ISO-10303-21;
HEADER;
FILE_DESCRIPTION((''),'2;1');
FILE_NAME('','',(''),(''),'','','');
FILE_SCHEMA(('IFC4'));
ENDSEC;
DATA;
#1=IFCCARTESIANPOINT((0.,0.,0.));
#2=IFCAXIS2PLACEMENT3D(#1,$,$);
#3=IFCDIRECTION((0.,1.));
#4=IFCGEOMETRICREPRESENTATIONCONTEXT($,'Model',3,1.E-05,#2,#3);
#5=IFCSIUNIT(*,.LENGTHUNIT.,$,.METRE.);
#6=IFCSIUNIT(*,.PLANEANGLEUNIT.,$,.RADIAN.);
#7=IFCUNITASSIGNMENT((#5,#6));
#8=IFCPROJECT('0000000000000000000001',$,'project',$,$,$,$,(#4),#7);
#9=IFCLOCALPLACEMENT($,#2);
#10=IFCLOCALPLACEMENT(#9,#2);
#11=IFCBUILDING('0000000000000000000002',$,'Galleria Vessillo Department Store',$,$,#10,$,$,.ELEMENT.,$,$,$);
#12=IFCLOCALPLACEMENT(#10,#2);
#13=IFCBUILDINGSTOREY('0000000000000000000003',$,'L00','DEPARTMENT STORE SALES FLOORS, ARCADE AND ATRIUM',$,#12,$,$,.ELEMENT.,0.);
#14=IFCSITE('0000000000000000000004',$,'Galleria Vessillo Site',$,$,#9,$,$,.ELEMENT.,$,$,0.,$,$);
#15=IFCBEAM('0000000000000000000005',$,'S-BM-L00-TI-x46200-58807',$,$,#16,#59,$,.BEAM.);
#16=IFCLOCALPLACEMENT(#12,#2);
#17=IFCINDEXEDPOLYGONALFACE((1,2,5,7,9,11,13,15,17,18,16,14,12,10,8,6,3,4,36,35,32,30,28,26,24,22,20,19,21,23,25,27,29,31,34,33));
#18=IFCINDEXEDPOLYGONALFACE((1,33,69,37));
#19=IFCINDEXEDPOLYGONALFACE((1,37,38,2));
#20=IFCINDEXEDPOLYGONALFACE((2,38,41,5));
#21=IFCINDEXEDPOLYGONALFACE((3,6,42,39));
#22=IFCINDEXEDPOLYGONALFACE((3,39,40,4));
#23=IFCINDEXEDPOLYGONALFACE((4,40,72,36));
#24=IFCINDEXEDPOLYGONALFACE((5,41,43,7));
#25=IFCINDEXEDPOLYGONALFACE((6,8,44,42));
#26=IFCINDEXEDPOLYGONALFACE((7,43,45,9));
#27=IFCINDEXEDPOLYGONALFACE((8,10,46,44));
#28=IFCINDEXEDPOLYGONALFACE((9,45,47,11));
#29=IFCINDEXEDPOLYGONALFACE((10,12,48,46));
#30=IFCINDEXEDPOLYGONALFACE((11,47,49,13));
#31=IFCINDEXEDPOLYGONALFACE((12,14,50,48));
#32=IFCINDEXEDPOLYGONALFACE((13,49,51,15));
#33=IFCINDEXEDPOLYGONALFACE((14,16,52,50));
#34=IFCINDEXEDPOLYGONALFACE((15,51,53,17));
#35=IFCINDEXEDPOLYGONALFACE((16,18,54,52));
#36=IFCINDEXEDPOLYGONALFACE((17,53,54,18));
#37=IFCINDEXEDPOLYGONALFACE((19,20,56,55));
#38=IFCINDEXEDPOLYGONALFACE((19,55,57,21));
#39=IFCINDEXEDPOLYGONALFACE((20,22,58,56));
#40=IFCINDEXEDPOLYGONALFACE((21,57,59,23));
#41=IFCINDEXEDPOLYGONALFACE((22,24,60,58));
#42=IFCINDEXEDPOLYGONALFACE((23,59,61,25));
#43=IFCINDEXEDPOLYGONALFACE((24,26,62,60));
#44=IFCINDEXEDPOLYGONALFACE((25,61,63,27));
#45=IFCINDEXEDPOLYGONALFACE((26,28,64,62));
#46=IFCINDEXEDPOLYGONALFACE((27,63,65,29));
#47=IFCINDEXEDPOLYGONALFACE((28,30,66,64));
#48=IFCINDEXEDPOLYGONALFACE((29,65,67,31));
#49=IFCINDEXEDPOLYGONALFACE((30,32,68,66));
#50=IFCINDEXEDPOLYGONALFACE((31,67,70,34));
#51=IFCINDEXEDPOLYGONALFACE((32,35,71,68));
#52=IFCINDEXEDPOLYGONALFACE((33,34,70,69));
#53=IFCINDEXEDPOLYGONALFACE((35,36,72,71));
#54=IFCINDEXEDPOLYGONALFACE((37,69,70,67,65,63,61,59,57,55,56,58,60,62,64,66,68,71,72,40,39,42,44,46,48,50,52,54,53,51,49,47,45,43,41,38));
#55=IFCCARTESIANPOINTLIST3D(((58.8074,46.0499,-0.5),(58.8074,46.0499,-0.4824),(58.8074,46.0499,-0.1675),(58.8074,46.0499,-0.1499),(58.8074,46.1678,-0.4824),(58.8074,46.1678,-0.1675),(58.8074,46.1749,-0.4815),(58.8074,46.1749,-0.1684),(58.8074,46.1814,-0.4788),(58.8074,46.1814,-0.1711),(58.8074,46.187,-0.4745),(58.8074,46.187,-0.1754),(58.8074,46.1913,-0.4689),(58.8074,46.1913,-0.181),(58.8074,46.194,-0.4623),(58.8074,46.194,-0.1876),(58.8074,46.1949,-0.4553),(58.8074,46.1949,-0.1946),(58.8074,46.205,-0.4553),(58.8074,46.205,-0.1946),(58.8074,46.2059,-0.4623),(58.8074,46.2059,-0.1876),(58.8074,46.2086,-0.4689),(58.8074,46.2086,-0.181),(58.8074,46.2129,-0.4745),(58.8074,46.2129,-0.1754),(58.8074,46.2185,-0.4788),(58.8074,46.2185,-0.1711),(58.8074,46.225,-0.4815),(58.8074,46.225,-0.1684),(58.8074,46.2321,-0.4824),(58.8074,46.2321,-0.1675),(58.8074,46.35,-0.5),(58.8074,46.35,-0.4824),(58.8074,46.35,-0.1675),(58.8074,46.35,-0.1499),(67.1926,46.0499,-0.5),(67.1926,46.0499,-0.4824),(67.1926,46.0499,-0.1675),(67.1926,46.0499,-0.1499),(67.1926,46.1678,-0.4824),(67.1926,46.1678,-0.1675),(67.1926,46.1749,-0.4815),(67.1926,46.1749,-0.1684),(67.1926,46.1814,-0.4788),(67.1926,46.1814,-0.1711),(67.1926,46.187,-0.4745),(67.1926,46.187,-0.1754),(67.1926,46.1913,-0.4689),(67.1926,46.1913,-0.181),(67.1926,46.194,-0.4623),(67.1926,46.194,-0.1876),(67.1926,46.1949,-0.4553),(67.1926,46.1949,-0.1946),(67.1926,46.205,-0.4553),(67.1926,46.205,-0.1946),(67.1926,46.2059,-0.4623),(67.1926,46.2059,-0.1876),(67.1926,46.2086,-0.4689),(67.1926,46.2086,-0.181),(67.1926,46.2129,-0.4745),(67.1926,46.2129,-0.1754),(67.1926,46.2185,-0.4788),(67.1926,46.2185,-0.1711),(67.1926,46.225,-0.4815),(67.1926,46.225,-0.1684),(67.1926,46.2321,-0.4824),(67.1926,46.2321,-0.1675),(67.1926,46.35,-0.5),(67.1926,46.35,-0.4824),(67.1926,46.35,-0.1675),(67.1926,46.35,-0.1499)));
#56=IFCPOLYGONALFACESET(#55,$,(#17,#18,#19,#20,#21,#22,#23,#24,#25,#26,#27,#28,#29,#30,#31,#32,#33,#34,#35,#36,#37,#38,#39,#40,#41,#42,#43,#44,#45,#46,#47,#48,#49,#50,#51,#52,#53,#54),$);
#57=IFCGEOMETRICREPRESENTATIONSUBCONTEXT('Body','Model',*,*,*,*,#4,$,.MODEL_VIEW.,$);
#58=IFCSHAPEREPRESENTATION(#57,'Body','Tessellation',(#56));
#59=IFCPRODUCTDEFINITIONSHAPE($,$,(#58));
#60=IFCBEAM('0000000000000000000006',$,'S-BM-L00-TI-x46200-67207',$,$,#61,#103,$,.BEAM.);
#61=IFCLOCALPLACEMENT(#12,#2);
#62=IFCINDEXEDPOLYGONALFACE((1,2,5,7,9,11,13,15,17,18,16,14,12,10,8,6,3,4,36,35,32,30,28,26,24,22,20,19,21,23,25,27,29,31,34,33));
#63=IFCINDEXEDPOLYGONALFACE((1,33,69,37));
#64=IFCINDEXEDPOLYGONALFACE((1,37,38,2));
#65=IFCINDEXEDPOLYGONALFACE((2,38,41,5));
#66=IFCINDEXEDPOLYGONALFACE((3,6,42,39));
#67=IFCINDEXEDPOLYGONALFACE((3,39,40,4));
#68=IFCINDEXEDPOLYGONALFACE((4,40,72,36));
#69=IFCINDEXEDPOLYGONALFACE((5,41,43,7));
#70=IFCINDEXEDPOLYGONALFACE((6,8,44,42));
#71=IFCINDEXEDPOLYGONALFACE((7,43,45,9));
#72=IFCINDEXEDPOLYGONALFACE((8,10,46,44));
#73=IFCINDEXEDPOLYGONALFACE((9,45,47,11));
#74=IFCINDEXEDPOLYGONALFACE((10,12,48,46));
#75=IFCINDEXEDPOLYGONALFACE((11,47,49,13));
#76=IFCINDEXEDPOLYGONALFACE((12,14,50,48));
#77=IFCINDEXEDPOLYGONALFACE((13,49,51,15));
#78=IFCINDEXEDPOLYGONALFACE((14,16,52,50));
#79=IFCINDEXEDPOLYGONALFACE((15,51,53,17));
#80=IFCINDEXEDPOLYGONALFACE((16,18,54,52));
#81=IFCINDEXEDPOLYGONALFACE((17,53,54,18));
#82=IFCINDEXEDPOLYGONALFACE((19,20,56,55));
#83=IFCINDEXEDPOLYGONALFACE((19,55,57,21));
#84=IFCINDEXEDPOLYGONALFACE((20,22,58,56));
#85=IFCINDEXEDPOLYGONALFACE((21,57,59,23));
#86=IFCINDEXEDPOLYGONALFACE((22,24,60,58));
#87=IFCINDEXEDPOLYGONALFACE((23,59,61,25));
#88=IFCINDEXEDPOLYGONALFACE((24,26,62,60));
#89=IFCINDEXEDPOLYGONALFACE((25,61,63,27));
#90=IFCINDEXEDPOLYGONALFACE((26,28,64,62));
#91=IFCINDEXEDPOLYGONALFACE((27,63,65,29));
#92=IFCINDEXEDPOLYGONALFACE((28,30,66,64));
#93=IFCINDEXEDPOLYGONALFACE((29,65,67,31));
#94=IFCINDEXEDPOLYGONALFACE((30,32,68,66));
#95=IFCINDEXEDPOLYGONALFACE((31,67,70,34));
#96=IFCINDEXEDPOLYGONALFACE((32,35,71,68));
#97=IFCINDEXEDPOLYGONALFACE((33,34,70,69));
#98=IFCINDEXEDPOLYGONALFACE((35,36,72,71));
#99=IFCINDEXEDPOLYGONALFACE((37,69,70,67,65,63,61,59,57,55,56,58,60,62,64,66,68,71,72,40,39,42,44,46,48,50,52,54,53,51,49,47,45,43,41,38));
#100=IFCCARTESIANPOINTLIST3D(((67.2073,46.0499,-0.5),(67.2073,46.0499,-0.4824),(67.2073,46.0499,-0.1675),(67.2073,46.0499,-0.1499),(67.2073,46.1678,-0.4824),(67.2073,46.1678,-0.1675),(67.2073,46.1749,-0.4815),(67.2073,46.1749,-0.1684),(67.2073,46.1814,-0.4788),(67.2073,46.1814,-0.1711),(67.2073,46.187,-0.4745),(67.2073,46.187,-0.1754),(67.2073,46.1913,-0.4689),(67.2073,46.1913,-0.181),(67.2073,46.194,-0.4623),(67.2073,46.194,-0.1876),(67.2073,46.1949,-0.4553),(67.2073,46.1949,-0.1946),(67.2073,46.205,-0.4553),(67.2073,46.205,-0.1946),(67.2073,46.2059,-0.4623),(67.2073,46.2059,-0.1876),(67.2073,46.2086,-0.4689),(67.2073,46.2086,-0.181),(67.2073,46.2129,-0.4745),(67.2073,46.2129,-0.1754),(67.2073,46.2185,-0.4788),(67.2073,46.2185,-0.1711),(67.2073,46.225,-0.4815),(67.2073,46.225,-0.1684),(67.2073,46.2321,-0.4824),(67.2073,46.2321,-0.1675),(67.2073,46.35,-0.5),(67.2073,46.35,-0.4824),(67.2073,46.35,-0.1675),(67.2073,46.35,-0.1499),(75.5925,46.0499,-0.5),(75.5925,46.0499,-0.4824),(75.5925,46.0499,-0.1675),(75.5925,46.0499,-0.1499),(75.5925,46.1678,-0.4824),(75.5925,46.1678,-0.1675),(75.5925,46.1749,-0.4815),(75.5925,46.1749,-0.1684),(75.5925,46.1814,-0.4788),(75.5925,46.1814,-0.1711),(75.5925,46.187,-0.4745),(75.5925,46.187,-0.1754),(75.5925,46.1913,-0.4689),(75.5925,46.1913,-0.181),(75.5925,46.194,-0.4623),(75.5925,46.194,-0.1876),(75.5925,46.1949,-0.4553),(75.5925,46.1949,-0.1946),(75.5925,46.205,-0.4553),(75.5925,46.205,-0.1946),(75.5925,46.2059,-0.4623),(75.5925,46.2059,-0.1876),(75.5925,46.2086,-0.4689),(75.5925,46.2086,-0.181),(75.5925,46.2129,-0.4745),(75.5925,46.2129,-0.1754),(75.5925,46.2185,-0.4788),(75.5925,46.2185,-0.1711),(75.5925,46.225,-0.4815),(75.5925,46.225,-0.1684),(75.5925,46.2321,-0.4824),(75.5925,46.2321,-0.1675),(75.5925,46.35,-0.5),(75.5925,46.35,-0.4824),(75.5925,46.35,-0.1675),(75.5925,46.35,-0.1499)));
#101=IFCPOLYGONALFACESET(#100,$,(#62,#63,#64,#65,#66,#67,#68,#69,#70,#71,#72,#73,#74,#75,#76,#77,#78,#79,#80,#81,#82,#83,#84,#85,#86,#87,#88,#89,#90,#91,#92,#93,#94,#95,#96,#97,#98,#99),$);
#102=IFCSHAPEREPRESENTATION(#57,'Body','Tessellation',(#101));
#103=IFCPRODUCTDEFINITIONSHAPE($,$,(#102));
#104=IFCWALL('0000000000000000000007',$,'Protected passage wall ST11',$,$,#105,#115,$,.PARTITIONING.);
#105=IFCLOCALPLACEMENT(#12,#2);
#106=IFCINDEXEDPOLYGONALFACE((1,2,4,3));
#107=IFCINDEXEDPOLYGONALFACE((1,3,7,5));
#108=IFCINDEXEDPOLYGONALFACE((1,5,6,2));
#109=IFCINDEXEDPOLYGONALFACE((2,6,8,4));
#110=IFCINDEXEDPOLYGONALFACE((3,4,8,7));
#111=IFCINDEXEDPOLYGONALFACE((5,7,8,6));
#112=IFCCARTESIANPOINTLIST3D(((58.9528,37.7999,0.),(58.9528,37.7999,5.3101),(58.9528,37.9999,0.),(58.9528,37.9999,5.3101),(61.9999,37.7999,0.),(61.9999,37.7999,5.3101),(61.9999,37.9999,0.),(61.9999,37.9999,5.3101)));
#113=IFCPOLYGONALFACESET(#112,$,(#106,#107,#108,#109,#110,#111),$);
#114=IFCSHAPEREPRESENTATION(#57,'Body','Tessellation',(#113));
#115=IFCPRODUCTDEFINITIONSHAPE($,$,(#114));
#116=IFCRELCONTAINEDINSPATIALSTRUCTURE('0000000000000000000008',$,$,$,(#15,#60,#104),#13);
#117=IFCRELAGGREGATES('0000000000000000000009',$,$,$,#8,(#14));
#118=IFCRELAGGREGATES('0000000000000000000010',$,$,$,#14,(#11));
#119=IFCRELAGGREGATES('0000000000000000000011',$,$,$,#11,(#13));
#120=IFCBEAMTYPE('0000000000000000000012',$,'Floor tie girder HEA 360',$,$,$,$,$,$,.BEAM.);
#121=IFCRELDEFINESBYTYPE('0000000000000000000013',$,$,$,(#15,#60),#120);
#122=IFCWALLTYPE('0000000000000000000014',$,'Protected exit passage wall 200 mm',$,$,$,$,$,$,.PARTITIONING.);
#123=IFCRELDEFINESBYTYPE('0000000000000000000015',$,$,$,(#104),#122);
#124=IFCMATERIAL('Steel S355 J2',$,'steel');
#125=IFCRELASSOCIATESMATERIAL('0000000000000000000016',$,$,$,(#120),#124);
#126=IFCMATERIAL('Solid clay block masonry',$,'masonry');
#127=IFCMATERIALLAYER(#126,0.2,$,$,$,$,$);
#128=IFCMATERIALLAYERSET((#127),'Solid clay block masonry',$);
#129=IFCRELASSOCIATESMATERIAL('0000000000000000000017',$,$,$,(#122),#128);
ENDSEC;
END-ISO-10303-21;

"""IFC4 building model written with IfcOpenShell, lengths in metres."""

from ifc_helpers import new_model, si_unit, direction, frame, frame_2d, origin, origin_2d, place, context, subcontext, project, spatial, rectangle, i_section, extrude, material, layer, layer_set, material_profile, profile_set, type_object, element, save


model = new_model("IFC4")

# Units and contexts
model_context = context("Model", 3, precision=1e-05, world=origin(), true_north=direction((0.0, 1.0)))
body_context = subcontext(model_context, "Body", "Model", "MODEL_VIEW")
ifc_project = project(units=[si_unit("LENGTHUNIT", "METRE"), si_unit("PLANEANGLEUNIT", "RADIAN")], contexts=[model_context])

# Site, building, storey
site_placement = place(None, origin())
site = spatial("IfcSite", under=ifc_project, at=site_placement, Name="Galleria Vessillo Site", CompositionType="ELEMENT", RefElevation=0.0)
building_placement = place(site_placement, origin())
building = spatial("IfcBuilding", under=site, at=building_placement, Name="Galleria Vessillo Department Store", CompositionType="ELEMENT")
storey_placement = place(building_placement, origin())
storey = spatial("IfcBuildingStorey", under=building, at=storey_placement, Name="L00", Description="DEPARTMENT STORE SALES FLOORS, ARCADE AND ATRIUM", CompositionType="ELEMENT", Elevation=0.0)

# Beams
ifc_material_1 = material(Name="Steel S355 J2", Category="steel")
ifc_material_profile_1 = material_profile(ifc_material_1, i_section(OverallWidth=0.3, OverallDepth=0.3501, WebThickness=0.01, FlangeThickness=0.0176, FilletRadius=0.0271, at=origin_2d()), Name="HEA 360")
ifc_profile_set_1 = profile_set([ifc_material_profile_1], Name="Steel S355 J2")
beam_type_1 = type_object("IfcBeamType", Name="Floor tie girder HEA 360", PredefinedType="BEAM", material=ifc_profile_set_1)
for number, where, z_axis, x_axis, name in (
    (1, (58.8074, 46.2, -0.325), (1.0, 0.0, 0.0), (0.0, 1.0, 0.0), "S-BM-L00-TI-x46200-58807"),
    (2, (67.2073, 46.2, -0.325), (1.0, 0.0, 0.0), (0.0, 1.0, 0.0), "S-BM-L00-TI-x46200-67207"),
):
    element("IfcBeam", number, at=place(storey_placement, frame(where, z_axis=z_axis, x_axis=x_axis)), inside=storey, type_object=beam_type_1, Name=name, PredefinedType="BEAM", context=body_context, shape_type="SweptSolid", body=[
        extrude(i_section(OverallWidth=0.3, OverallDepth=0.3501, WebThickness=0.01, FlangeThickness=0.0176, FilletRadius=0.0271, at=origin_2d()), origin(), (0.0, 0.0, 1.0), 8.3853),
    ])

# Wall
ifc_material_2 = material(Name="Solid clay block masonry", Category="masonry")
ifc_layer = layer(ifc_material_2, 0.2)
ifc_layer_set = layer_set([ifc_layer], Name="Solid clay block masonry")
wall_type = type_object("IfcWallType", Name="Protected exit passage wall 200 mm", PredefinedType="PARTITIONING", material=ifc_layer_set)
wall_placement = place(storey_placement, frame((58.9529, 37.8999, 0.0), z_axis=(0.0, 0.0, 1.0), x_axis=(1.0, 0.0, 0.0)))
element("IfcWall", 3, at=wall_placement, inside=storey, type_object=wall_type, Name="Protected passage wall ST11", PredefinedType="PARTITIONING", context=body_context, shape_type="SweptSolid", body=[
    extrude(rectangle(XDim=3.0471, YDim=0.2, at=frame_2d((1.5234, 0.0))), origin(), (0.0, 0.0, 1.0), 5.3101),
])

save(model, "model.ifc")
